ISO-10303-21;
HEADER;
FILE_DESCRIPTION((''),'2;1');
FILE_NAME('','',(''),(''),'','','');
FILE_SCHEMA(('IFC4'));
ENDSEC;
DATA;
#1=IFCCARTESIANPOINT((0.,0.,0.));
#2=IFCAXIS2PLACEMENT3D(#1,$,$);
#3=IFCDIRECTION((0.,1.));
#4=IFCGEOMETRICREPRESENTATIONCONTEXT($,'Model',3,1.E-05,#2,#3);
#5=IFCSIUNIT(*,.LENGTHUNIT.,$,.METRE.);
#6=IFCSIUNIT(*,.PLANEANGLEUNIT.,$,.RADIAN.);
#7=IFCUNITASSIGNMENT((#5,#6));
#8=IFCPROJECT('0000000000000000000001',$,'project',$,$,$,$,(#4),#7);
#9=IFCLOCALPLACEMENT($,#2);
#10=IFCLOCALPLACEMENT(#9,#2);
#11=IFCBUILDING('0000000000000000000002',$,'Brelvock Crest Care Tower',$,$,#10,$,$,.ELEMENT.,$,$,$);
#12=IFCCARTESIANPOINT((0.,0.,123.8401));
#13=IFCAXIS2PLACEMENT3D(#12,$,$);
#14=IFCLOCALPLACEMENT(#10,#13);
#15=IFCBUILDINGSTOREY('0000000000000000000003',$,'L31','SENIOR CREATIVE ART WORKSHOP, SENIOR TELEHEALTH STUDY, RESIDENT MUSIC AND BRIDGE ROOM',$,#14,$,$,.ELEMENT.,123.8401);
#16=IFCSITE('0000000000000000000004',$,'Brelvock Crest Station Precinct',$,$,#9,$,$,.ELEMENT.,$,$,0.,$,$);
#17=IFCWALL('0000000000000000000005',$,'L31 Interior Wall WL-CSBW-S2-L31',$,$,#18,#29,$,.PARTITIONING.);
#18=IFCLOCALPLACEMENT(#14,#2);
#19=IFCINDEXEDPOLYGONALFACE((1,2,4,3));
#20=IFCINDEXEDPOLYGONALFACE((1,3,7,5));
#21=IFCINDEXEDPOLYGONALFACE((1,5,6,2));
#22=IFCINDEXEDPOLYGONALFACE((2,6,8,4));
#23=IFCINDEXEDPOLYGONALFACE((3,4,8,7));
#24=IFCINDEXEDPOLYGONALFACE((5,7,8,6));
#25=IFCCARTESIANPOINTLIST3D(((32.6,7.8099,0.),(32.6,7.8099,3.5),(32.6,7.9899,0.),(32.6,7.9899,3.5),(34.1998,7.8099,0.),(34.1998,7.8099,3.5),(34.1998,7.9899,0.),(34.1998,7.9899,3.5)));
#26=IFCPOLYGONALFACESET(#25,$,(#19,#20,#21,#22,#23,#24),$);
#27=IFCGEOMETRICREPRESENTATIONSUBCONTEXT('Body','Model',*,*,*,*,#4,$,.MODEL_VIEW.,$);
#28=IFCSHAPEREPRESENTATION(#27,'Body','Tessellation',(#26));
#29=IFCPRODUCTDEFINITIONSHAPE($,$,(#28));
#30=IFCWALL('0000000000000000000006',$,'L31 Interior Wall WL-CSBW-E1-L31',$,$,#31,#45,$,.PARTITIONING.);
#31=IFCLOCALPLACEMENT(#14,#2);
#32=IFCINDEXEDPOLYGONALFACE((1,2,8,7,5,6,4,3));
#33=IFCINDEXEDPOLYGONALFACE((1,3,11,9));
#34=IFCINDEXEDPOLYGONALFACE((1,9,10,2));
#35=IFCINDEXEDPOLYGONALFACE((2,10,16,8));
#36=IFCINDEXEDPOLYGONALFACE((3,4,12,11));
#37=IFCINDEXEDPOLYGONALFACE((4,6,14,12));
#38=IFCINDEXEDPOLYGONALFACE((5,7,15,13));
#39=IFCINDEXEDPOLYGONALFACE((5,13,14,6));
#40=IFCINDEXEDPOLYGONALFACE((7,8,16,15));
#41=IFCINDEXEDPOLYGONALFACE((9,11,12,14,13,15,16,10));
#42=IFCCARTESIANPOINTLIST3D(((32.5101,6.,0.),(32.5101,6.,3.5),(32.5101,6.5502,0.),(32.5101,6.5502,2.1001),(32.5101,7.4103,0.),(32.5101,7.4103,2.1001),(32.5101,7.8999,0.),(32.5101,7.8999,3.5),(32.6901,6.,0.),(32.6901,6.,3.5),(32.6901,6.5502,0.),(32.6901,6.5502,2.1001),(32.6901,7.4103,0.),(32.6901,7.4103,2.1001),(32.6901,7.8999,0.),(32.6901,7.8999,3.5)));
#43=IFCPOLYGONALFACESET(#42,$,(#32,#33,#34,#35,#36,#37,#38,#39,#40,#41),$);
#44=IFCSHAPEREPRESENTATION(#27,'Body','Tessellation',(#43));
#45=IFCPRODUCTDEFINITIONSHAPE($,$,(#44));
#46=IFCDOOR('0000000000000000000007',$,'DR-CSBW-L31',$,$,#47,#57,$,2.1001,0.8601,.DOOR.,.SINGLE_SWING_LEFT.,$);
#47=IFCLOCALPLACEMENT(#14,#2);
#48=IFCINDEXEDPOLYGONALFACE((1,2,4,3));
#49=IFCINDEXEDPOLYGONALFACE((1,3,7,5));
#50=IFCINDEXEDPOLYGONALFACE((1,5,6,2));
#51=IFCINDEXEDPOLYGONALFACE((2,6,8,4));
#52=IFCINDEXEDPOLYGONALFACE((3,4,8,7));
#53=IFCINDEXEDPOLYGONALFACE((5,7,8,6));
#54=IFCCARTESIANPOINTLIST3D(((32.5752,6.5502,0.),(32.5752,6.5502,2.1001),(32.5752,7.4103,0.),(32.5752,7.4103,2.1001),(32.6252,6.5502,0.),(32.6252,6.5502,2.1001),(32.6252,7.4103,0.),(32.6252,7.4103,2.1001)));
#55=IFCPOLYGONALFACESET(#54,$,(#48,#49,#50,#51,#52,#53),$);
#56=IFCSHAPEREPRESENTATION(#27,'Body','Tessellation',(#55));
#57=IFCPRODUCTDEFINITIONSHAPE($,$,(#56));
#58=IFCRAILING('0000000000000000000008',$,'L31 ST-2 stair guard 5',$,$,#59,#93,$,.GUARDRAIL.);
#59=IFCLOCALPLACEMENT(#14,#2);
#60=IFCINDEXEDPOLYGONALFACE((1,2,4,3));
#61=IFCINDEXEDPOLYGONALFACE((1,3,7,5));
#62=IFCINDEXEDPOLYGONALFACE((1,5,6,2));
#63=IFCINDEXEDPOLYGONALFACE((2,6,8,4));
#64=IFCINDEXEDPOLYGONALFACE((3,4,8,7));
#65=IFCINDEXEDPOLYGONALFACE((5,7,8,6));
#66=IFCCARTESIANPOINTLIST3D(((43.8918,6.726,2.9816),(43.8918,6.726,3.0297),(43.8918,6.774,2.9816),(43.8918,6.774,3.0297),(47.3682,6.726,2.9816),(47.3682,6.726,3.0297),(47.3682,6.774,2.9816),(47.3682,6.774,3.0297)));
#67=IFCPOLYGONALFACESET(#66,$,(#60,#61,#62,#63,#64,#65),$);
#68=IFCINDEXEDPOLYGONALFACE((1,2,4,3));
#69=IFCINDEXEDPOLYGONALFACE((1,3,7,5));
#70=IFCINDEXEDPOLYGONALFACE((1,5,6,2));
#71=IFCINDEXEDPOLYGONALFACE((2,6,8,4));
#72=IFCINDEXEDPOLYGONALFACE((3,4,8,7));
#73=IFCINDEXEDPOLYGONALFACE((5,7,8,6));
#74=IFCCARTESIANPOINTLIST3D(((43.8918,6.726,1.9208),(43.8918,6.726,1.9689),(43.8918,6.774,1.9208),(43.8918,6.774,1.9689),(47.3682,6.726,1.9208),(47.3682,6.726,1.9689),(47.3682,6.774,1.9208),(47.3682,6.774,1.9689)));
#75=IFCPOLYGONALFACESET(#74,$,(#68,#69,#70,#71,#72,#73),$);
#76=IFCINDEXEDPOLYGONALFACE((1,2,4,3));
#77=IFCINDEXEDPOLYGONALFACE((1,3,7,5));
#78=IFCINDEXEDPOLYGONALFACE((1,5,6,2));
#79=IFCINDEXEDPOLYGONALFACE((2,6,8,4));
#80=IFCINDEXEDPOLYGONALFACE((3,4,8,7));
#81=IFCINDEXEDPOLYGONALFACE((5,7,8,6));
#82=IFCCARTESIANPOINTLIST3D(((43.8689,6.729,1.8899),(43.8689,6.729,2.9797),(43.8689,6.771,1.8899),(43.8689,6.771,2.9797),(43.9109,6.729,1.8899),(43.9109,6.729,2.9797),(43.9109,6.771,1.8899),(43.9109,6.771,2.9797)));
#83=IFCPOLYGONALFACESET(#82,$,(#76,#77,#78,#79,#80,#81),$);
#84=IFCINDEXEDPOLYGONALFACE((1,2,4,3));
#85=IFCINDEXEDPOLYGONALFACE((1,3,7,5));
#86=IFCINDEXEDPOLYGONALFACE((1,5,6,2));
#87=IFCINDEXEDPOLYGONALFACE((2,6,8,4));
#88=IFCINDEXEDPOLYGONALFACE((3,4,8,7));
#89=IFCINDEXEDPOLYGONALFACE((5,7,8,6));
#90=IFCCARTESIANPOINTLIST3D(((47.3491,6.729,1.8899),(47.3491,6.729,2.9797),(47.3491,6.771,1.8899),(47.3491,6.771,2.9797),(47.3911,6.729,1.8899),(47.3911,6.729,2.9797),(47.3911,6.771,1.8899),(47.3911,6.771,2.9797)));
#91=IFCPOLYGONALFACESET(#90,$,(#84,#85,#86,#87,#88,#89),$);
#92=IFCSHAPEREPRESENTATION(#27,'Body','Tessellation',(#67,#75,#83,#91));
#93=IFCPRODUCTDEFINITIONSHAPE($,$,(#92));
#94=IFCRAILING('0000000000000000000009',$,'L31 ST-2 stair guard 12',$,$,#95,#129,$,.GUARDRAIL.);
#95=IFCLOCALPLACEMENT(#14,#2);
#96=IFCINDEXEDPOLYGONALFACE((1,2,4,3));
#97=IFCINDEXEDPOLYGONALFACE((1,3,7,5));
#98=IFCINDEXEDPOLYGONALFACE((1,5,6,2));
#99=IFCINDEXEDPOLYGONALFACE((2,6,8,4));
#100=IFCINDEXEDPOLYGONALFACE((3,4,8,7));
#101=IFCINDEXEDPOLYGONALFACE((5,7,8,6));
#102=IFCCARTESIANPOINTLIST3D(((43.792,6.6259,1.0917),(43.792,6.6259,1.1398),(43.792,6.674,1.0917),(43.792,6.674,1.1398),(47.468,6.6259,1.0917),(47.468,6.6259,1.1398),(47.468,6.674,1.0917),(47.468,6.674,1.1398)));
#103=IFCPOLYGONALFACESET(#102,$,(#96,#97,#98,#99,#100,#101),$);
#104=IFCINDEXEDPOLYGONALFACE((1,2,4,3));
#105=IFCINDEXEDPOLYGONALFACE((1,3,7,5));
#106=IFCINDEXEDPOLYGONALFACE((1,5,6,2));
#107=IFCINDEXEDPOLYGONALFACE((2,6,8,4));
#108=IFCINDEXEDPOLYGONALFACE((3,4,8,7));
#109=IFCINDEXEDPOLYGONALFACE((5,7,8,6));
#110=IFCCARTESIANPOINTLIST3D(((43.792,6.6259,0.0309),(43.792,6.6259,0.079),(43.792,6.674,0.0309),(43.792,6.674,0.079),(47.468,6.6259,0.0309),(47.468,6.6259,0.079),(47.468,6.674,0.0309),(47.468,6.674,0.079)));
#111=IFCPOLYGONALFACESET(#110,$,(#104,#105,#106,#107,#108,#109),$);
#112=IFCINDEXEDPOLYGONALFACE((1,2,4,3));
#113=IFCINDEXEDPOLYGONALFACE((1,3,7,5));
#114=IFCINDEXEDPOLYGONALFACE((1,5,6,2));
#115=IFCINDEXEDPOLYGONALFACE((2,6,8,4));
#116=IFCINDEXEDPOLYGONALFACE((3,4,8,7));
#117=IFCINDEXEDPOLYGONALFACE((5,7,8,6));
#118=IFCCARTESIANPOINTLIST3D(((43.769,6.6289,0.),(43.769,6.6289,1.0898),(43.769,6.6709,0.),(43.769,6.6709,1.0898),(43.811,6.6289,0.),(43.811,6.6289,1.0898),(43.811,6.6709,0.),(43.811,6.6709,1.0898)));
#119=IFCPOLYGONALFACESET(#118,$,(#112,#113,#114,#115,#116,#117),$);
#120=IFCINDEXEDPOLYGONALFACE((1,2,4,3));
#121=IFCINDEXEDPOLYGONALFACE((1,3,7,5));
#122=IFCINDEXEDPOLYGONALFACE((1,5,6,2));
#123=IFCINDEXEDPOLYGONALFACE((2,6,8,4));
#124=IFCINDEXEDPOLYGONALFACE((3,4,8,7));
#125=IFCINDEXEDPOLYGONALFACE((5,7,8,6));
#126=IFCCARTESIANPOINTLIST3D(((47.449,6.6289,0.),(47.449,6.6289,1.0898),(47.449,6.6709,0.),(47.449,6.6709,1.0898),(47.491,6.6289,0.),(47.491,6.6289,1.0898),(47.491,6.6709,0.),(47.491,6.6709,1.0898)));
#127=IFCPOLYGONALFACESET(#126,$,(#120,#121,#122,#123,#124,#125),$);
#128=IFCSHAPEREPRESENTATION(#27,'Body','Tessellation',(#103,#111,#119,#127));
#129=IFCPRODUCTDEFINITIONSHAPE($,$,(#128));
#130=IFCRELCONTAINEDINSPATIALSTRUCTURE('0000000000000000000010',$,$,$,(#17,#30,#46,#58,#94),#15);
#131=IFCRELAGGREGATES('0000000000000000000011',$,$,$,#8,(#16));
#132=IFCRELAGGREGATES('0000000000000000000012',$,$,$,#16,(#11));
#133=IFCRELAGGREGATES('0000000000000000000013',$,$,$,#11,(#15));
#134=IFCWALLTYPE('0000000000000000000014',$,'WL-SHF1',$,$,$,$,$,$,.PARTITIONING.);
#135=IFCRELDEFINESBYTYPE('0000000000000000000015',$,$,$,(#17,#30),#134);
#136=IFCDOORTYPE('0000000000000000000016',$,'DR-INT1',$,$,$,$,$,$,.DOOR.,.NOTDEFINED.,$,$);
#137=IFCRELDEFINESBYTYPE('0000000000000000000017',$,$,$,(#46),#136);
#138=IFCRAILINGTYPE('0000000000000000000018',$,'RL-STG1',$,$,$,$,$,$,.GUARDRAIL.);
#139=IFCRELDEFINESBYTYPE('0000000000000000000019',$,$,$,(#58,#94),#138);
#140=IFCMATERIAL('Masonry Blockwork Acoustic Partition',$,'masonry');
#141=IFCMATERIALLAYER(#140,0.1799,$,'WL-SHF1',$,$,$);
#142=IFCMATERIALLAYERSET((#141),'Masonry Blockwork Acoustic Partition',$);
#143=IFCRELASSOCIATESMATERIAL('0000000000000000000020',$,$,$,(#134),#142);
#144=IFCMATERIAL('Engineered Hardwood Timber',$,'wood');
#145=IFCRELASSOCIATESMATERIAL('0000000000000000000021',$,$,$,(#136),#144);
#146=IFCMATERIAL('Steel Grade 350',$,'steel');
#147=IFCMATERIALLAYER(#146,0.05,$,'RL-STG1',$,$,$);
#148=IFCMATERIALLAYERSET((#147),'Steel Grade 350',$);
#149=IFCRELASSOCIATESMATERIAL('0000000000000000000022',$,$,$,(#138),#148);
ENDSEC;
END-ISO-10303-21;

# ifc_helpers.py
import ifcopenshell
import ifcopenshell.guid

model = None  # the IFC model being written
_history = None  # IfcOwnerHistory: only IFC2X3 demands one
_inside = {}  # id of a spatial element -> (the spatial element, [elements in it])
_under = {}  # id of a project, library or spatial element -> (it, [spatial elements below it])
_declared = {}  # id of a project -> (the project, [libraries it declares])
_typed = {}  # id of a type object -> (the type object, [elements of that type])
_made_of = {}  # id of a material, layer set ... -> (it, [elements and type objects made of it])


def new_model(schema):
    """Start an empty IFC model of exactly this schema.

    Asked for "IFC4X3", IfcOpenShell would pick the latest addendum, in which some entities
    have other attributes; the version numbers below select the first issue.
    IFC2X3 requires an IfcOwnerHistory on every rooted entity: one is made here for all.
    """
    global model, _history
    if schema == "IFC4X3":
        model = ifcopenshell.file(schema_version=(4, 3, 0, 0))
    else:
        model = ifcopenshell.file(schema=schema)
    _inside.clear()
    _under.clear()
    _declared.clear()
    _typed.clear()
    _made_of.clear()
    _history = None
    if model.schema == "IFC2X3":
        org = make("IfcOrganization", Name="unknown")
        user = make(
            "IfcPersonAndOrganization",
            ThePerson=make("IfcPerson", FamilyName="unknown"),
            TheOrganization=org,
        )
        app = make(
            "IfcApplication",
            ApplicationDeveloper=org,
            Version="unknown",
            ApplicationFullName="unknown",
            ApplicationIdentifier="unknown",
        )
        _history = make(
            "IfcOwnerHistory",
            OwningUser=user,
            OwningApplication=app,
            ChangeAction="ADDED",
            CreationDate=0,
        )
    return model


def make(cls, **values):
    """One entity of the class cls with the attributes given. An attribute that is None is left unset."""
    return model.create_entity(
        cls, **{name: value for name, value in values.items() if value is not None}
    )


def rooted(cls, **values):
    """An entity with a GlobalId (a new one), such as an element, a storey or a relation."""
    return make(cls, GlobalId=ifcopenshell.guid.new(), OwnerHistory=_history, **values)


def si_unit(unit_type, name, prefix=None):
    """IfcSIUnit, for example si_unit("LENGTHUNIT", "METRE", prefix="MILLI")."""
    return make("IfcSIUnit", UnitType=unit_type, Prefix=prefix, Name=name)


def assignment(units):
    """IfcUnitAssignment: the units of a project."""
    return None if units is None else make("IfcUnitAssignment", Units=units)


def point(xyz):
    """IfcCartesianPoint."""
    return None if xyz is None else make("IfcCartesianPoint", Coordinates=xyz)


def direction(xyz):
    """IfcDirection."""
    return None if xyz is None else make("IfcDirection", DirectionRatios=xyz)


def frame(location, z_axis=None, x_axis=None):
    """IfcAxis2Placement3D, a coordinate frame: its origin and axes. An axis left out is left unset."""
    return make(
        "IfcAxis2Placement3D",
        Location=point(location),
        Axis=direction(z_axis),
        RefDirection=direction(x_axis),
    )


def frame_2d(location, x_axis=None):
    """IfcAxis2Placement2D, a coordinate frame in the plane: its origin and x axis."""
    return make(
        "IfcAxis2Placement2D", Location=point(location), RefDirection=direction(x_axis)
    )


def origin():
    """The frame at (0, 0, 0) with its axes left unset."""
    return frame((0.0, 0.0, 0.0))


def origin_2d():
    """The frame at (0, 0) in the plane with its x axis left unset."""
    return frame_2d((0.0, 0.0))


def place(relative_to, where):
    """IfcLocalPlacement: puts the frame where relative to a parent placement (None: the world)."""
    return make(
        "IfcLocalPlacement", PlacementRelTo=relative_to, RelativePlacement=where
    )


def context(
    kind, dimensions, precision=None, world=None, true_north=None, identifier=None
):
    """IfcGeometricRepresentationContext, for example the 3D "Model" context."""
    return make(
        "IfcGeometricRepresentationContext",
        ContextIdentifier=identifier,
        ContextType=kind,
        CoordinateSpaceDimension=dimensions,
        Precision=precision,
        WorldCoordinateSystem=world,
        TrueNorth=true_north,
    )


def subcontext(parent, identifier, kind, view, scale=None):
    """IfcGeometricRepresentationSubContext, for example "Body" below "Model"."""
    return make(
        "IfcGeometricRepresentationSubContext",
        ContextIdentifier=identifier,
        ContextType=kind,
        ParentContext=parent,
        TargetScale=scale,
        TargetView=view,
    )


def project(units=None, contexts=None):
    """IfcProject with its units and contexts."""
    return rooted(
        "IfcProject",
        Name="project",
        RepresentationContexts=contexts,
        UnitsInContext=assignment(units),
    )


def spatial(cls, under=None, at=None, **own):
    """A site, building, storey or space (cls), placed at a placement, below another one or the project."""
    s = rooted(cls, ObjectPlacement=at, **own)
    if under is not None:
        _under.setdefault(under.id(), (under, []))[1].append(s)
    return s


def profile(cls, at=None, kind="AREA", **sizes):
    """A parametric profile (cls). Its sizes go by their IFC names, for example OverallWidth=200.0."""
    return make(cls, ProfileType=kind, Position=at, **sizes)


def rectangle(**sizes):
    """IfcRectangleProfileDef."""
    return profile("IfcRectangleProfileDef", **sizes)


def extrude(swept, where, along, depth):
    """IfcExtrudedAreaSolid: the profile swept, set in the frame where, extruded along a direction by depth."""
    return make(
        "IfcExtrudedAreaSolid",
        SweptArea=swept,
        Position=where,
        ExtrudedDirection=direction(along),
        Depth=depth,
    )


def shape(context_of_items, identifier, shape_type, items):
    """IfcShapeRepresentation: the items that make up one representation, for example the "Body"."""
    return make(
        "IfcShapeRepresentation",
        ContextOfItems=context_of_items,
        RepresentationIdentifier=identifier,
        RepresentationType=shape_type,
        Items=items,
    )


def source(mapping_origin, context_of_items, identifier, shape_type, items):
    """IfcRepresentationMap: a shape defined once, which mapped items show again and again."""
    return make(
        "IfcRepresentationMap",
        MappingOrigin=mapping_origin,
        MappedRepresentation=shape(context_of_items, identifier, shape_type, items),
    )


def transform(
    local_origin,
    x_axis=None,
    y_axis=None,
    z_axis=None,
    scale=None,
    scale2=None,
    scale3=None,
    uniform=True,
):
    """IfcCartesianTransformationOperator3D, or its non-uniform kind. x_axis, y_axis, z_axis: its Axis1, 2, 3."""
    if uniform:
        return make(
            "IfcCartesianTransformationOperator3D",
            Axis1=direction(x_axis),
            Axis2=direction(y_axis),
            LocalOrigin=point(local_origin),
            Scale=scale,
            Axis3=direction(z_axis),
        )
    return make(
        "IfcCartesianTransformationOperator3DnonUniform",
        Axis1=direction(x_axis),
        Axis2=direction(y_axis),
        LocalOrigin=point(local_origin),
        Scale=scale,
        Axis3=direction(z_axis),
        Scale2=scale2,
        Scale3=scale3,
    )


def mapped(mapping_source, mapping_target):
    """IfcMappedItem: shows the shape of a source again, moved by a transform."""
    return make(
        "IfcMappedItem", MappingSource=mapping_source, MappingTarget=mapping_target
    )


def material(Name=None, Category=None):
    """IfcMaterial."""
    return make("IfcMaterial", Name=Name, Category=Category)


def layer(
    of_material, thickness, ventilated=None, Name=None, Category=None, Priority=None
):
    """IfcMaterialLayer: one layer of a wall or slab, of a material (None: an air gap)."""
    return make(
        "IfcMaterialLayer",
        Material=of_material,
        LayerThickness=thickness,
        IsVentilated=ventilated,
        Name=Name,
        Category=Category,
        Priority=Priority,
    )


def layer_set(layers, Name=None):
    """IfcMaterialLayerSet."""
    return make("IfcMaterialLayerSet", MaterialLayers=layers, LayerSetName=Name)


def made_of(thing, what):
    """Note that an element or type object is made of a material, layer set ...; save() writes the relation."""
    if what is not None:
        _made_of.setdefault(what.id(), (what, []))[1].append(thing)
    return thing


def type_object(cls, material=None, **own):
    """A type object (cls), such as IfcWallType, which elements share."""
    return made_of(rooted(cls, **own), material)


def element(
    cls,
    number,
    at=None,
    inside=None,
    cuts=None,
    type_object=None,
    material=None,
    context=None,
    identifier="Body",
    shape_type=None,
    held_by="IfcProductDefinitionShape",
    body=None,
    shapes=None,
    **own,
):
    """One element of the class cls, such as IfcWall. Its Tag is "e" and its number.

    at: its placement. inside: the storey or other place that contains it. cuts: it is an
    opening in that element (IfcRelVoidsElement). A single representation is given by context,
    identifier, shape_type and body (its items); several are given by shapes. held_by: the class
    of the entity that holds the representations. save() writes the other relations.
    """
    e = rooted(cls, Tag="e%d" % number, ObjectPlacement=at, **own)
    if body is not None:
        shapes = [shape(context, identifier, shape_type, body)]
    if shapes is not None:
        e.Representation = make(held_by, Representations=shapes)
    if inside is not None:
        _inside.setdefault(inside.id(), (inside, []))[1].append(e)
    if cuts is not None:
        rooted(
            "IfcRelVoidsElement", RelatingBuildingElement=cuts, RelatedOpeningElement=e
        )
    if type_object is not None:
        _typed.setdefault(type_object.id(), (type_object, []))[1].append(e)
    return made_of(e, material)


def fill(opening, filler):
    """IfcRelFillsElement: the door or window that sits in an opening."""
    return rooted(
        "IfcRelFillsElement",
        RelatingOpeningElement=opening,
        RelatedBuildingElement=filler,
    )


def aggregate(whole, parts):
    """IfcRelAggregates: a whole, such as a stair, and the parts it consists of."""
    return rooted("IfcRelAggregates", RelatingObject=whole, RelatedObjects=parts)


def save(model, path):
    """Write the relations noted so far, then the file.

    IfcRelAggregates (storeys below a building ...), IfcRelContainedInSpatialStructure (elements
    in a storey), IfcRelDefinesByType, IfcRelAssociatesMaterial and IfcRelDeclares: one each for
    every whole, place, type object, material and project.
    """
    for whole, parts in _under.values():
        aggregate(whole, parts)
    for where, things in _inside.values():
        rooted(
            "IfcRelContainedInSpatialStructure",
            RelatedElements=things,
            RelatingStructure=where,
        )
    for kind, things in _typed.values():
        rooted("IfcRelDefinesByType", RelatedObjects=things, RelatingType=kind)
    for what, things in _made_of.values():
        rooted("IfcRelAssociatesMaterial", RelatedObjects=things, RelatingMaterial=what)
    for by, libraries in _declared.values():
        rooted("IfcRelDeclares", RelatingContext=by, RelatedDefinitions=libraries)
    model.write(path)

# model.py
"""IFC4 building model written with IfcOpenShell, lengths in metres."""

from ifc_helpers import new_model, si_unit, direction, frame, frame_2d, origin, origin_2d, place, context, subcontext, project, spatial, rectangle, extrude, source, transform, mapped, material, layer, layer_set, type_object, element, fill, save


model = new_model("IFC4")

# Units and contexts
model_context = context("Model", 3, precision=1e-05, world=origin(), true_north=direction((0.0, 1.0)))
body_context = subcontext(model_context, "Body", "Model", "MODEL_VIEW")
ifc_project = project(units=[si_unit("LENGTHUNIT", "METRE"), si_unit("PLANEANGLEUNIT", "RADIAN")], contexts=[model_context])

# Site, building, storey
site_placement = place(None, origin())
site = spatial("IfcSite", under=ifc_project, at=site_placement, Name="Brelvock Crest Station Precinct", CompositionType="ELEMENT", RefElevation=0.0)
building_placement = place(site_placement, origin())
building = spatial("IfcBuilding", under=site, at=building_placement, Name="Brelvock Crest Care Tower", CompositionType="ELEMENT")
storey_placement = place(building_placement, frame((0.0, 0.0, 123.8401)))
storey = spatial("IfcBuildingStorey", under=building, at=storey_placement, Name="L31", Description="SENIOR CREATIVE ART WORKSHOP, SENIOR TELEHEALTH STUDY, RESIDENT MUSIC AND BRIDGE ROOM", CompositionType="ELEMENT", Elevation=123.8401)

# Shared definitions
ifc_material_1 = material(Name="Steel Grade 350", Category="steel")

# Wall
ifc_material_2 = material(Name="Masonry Blockwork Acoustic Partition", Category="masonry")
ifc_layer_1 = layer(ifc_material_2, 0.1799, Name="WL-SHF1")
ifc_layer_set_1 = layer_set([ifc_layer_1], Name="Masonry Blockwork Acoustic Partition")
wall_type_1 = type_object("IfcWallType", Name="WL-SHF1", PredefinedType="PARTITIONING", material=ifc_layer_set_1)
wall_1_placement = place(storey_placement, frame((32.6001, 7.8999, 0.0), z_axis=(0.0, 0.0, 1.0), x_axis=(1.0, 0.0, 0.0)))
element("IfcWall", 1, at=wall_1_placement, inside=storey, type_object=wall_type_1, Name="L31 Interior Wall WL-CSBW-S2-L31", PredefinedType="PARTITIONING", context=body_context, shape_type="SweptSolid", body=[
    extrude(rectangle(XDim=1.5999, YDim=0.1799, at=frame_2d((0.7998, 0.0))), origin(), (0.0, 0.0, 1.0), 3.5),
])

# Wall, opening, door
wall_2_placement = place(storey_placement, frame((32.6001, 6.0, 0.0), z_axis=(0.0, 0.0, 1.0), x_axis=(0.0, 1.0, 0.0)))
wall_2 = element("IfcWall", 2, at=wall_2_placement, inside=storey, type_object=wall_type_1, Name="L31 Interior Wall WL-CSBW-E1-L31", PredefinedType="PARTITIONING", context=body_context, shape_type="SweptSolid", body=[
    extrude(rectangle(XDim=1.8999, YDim=0.1799, at=frame_2d((0.95, 0.0))), origin(), (0.0, 0.0, 1.0), 3.5),
])
opening_placement = place(wall_2_placement, frame((0.55, 0.0, 0.0)))
opening = element("IfcOpeningElement", 3, at=opening_placement, cuts=wall_2, PredefinedType="OPENING", context=body_context, shape_type="SweptSolid", body=[
    extrude(rectangle(XDim=0.8601, YDim=2.1001, at=origin_2d()), frame((0.4302, 0.1001, 1.05), z_axis=(0.0, -1.0, 0.0), x_axis=(1.0, 0.0, 0.0)), (0.0, 0.0, 1.0), 0.2),
])
ifc_material_3 = material(Name="Engineered Hardwood Timber", Category="wood")
door_type = type_object("IfcDoorType", Name="DR-INT1", OperationType="NOTDEFINED", PredefinedType="DOOR", material=ifc_material_3)
shared_shape_1 = source(origin(), body_context, "Body", "SweptSolid", [
    extrude(rectangle(XDim=0.8601, YDim=2.1001, at=origin_2d()), frame((0.4302, 0.0249, 1.05), z_axis=(0.0, -1.0, 0.0), x_axis=(1.0, 0.0, 0.0)), (0.0, 0.0, 1.0), 0.05),
])
door_placement = place(opening_placement, origin())
door = element("IfcDoor", 4, at=door_placement, inside=storey, type_object=door_type, Name="DR-CSBW-L31", OperationType="SINGLE_SWING_LEFT", OverallHeight=2.1001, OverallWidth=0.8601, PredefinedType="DOOR", context=body_context, shape_type="MappedRepresentation", body=[
    mapped(shared_shape_1, transform((0.0, 0.0, 0.0), x_axis=(1.0, 0.0, 0.0), y_axis=(0.0, 1.0, 0.0), z_axis=(0.0, 0.0, 1.0), scale=1.0)),
])
fill(opening, door)

# Railings
ifc_layer_2 = layer(ifc_material_1, 0.05, Name="RL-STG1")
ifc_layer_set_2 = layer_set([ifc_layer_2], Name="Steel Grade 350")
railing_type = type_object("IfcRailingType", Name="RL-STG1", PredefinedType="GUARDRAIL", material=ifc_layer_set_2)
railing_1_placement = place(storey_placement, frame((43.8899, 6.75, 1.8899)))
element("IfcRailing", 5, at=railing_1_placement, inside=storey, type_object=railing_type, Name="L31 ST-2 stair guard 5", PredefinedType="GUARDRAIL", context=body_context, shape_type="SweptSolid", body=[
    extrude(rectangle(XDim=0.0481, YDim=0.0481, at=origin_2d()), frame((0.002, 0.0, 1.1157), z_axis=(1.0, 0.0, 0.0), x_axis=(0.0, 1.0, 0.0)), (0.0, 0.0, 1.0), 3.4763),
    extrude(rectangle(XDim=0.0481, YDim=0.0481, at=origin_2d()), frame((0.002, 0.0, 0.0549), z_axis=(1.0, 0.0, 0.0), x_axis=(0.0, 1.0, 0.0)), (0.0, 0.0, 1.0), 3.4763),
    extrude(rectangle(XDim=0.042, YDim=0.042, at=origin_2d()), origin(), (0.0, 0.0, 1.0), 1.0898),
    extrude(rectangle(XDim=0.042, YDim=0.042, at=origin_2d()), frame((3.4802, 0.0, 0.0)), (0.0, 0.0, 1.0), 1.0898),
])
railing_2_placement = place(storey_placement, frame((43.79, 6.6499, 0.0)))
element("IfcRailing", 6, at=railing_2_placement, inside=storey, type_object=railing_type, Name="L31 ST-2 stair guard 12", PredefinedType="GUARDRAIL", context=body_context, shape_type="SweptSolid", body=[
    extrude(rectangle(XDim=0.0481, YDim=0.0481, at=origin_2d()), frame((0.002, 0.0, 1.1157), z_axis=(1.0, 0.0, 0.0), x_axis=(0.0, 1.0, 0.0)), (0.0, 0.0, 1.0), 3.676),
    extrude(rectangle(XDim=0.0481, YDim=0.0481, at=origin_2d()), frame((0.002, 0.0, 0.0549), z_axis=(1.0, 0.0, 0.0), x_axis=(0.0, 1.0, 0.0)), (0.0, 0.0, 1.0), 3.676),
    extrude(rectangle(XDim=0.042, YDim=0.042, at=origin_2d()), origin(), (0.0, 0.0, 1.0), 1.0898),
    extrude(rectangle(XDim=0.042, YDim=0.042, at=origin_2d()), frame((3.6799, 0.0, 0.0)), (0.0, 0.0, 1.0), 1.0898),
])

save(model, "model.ifc")
